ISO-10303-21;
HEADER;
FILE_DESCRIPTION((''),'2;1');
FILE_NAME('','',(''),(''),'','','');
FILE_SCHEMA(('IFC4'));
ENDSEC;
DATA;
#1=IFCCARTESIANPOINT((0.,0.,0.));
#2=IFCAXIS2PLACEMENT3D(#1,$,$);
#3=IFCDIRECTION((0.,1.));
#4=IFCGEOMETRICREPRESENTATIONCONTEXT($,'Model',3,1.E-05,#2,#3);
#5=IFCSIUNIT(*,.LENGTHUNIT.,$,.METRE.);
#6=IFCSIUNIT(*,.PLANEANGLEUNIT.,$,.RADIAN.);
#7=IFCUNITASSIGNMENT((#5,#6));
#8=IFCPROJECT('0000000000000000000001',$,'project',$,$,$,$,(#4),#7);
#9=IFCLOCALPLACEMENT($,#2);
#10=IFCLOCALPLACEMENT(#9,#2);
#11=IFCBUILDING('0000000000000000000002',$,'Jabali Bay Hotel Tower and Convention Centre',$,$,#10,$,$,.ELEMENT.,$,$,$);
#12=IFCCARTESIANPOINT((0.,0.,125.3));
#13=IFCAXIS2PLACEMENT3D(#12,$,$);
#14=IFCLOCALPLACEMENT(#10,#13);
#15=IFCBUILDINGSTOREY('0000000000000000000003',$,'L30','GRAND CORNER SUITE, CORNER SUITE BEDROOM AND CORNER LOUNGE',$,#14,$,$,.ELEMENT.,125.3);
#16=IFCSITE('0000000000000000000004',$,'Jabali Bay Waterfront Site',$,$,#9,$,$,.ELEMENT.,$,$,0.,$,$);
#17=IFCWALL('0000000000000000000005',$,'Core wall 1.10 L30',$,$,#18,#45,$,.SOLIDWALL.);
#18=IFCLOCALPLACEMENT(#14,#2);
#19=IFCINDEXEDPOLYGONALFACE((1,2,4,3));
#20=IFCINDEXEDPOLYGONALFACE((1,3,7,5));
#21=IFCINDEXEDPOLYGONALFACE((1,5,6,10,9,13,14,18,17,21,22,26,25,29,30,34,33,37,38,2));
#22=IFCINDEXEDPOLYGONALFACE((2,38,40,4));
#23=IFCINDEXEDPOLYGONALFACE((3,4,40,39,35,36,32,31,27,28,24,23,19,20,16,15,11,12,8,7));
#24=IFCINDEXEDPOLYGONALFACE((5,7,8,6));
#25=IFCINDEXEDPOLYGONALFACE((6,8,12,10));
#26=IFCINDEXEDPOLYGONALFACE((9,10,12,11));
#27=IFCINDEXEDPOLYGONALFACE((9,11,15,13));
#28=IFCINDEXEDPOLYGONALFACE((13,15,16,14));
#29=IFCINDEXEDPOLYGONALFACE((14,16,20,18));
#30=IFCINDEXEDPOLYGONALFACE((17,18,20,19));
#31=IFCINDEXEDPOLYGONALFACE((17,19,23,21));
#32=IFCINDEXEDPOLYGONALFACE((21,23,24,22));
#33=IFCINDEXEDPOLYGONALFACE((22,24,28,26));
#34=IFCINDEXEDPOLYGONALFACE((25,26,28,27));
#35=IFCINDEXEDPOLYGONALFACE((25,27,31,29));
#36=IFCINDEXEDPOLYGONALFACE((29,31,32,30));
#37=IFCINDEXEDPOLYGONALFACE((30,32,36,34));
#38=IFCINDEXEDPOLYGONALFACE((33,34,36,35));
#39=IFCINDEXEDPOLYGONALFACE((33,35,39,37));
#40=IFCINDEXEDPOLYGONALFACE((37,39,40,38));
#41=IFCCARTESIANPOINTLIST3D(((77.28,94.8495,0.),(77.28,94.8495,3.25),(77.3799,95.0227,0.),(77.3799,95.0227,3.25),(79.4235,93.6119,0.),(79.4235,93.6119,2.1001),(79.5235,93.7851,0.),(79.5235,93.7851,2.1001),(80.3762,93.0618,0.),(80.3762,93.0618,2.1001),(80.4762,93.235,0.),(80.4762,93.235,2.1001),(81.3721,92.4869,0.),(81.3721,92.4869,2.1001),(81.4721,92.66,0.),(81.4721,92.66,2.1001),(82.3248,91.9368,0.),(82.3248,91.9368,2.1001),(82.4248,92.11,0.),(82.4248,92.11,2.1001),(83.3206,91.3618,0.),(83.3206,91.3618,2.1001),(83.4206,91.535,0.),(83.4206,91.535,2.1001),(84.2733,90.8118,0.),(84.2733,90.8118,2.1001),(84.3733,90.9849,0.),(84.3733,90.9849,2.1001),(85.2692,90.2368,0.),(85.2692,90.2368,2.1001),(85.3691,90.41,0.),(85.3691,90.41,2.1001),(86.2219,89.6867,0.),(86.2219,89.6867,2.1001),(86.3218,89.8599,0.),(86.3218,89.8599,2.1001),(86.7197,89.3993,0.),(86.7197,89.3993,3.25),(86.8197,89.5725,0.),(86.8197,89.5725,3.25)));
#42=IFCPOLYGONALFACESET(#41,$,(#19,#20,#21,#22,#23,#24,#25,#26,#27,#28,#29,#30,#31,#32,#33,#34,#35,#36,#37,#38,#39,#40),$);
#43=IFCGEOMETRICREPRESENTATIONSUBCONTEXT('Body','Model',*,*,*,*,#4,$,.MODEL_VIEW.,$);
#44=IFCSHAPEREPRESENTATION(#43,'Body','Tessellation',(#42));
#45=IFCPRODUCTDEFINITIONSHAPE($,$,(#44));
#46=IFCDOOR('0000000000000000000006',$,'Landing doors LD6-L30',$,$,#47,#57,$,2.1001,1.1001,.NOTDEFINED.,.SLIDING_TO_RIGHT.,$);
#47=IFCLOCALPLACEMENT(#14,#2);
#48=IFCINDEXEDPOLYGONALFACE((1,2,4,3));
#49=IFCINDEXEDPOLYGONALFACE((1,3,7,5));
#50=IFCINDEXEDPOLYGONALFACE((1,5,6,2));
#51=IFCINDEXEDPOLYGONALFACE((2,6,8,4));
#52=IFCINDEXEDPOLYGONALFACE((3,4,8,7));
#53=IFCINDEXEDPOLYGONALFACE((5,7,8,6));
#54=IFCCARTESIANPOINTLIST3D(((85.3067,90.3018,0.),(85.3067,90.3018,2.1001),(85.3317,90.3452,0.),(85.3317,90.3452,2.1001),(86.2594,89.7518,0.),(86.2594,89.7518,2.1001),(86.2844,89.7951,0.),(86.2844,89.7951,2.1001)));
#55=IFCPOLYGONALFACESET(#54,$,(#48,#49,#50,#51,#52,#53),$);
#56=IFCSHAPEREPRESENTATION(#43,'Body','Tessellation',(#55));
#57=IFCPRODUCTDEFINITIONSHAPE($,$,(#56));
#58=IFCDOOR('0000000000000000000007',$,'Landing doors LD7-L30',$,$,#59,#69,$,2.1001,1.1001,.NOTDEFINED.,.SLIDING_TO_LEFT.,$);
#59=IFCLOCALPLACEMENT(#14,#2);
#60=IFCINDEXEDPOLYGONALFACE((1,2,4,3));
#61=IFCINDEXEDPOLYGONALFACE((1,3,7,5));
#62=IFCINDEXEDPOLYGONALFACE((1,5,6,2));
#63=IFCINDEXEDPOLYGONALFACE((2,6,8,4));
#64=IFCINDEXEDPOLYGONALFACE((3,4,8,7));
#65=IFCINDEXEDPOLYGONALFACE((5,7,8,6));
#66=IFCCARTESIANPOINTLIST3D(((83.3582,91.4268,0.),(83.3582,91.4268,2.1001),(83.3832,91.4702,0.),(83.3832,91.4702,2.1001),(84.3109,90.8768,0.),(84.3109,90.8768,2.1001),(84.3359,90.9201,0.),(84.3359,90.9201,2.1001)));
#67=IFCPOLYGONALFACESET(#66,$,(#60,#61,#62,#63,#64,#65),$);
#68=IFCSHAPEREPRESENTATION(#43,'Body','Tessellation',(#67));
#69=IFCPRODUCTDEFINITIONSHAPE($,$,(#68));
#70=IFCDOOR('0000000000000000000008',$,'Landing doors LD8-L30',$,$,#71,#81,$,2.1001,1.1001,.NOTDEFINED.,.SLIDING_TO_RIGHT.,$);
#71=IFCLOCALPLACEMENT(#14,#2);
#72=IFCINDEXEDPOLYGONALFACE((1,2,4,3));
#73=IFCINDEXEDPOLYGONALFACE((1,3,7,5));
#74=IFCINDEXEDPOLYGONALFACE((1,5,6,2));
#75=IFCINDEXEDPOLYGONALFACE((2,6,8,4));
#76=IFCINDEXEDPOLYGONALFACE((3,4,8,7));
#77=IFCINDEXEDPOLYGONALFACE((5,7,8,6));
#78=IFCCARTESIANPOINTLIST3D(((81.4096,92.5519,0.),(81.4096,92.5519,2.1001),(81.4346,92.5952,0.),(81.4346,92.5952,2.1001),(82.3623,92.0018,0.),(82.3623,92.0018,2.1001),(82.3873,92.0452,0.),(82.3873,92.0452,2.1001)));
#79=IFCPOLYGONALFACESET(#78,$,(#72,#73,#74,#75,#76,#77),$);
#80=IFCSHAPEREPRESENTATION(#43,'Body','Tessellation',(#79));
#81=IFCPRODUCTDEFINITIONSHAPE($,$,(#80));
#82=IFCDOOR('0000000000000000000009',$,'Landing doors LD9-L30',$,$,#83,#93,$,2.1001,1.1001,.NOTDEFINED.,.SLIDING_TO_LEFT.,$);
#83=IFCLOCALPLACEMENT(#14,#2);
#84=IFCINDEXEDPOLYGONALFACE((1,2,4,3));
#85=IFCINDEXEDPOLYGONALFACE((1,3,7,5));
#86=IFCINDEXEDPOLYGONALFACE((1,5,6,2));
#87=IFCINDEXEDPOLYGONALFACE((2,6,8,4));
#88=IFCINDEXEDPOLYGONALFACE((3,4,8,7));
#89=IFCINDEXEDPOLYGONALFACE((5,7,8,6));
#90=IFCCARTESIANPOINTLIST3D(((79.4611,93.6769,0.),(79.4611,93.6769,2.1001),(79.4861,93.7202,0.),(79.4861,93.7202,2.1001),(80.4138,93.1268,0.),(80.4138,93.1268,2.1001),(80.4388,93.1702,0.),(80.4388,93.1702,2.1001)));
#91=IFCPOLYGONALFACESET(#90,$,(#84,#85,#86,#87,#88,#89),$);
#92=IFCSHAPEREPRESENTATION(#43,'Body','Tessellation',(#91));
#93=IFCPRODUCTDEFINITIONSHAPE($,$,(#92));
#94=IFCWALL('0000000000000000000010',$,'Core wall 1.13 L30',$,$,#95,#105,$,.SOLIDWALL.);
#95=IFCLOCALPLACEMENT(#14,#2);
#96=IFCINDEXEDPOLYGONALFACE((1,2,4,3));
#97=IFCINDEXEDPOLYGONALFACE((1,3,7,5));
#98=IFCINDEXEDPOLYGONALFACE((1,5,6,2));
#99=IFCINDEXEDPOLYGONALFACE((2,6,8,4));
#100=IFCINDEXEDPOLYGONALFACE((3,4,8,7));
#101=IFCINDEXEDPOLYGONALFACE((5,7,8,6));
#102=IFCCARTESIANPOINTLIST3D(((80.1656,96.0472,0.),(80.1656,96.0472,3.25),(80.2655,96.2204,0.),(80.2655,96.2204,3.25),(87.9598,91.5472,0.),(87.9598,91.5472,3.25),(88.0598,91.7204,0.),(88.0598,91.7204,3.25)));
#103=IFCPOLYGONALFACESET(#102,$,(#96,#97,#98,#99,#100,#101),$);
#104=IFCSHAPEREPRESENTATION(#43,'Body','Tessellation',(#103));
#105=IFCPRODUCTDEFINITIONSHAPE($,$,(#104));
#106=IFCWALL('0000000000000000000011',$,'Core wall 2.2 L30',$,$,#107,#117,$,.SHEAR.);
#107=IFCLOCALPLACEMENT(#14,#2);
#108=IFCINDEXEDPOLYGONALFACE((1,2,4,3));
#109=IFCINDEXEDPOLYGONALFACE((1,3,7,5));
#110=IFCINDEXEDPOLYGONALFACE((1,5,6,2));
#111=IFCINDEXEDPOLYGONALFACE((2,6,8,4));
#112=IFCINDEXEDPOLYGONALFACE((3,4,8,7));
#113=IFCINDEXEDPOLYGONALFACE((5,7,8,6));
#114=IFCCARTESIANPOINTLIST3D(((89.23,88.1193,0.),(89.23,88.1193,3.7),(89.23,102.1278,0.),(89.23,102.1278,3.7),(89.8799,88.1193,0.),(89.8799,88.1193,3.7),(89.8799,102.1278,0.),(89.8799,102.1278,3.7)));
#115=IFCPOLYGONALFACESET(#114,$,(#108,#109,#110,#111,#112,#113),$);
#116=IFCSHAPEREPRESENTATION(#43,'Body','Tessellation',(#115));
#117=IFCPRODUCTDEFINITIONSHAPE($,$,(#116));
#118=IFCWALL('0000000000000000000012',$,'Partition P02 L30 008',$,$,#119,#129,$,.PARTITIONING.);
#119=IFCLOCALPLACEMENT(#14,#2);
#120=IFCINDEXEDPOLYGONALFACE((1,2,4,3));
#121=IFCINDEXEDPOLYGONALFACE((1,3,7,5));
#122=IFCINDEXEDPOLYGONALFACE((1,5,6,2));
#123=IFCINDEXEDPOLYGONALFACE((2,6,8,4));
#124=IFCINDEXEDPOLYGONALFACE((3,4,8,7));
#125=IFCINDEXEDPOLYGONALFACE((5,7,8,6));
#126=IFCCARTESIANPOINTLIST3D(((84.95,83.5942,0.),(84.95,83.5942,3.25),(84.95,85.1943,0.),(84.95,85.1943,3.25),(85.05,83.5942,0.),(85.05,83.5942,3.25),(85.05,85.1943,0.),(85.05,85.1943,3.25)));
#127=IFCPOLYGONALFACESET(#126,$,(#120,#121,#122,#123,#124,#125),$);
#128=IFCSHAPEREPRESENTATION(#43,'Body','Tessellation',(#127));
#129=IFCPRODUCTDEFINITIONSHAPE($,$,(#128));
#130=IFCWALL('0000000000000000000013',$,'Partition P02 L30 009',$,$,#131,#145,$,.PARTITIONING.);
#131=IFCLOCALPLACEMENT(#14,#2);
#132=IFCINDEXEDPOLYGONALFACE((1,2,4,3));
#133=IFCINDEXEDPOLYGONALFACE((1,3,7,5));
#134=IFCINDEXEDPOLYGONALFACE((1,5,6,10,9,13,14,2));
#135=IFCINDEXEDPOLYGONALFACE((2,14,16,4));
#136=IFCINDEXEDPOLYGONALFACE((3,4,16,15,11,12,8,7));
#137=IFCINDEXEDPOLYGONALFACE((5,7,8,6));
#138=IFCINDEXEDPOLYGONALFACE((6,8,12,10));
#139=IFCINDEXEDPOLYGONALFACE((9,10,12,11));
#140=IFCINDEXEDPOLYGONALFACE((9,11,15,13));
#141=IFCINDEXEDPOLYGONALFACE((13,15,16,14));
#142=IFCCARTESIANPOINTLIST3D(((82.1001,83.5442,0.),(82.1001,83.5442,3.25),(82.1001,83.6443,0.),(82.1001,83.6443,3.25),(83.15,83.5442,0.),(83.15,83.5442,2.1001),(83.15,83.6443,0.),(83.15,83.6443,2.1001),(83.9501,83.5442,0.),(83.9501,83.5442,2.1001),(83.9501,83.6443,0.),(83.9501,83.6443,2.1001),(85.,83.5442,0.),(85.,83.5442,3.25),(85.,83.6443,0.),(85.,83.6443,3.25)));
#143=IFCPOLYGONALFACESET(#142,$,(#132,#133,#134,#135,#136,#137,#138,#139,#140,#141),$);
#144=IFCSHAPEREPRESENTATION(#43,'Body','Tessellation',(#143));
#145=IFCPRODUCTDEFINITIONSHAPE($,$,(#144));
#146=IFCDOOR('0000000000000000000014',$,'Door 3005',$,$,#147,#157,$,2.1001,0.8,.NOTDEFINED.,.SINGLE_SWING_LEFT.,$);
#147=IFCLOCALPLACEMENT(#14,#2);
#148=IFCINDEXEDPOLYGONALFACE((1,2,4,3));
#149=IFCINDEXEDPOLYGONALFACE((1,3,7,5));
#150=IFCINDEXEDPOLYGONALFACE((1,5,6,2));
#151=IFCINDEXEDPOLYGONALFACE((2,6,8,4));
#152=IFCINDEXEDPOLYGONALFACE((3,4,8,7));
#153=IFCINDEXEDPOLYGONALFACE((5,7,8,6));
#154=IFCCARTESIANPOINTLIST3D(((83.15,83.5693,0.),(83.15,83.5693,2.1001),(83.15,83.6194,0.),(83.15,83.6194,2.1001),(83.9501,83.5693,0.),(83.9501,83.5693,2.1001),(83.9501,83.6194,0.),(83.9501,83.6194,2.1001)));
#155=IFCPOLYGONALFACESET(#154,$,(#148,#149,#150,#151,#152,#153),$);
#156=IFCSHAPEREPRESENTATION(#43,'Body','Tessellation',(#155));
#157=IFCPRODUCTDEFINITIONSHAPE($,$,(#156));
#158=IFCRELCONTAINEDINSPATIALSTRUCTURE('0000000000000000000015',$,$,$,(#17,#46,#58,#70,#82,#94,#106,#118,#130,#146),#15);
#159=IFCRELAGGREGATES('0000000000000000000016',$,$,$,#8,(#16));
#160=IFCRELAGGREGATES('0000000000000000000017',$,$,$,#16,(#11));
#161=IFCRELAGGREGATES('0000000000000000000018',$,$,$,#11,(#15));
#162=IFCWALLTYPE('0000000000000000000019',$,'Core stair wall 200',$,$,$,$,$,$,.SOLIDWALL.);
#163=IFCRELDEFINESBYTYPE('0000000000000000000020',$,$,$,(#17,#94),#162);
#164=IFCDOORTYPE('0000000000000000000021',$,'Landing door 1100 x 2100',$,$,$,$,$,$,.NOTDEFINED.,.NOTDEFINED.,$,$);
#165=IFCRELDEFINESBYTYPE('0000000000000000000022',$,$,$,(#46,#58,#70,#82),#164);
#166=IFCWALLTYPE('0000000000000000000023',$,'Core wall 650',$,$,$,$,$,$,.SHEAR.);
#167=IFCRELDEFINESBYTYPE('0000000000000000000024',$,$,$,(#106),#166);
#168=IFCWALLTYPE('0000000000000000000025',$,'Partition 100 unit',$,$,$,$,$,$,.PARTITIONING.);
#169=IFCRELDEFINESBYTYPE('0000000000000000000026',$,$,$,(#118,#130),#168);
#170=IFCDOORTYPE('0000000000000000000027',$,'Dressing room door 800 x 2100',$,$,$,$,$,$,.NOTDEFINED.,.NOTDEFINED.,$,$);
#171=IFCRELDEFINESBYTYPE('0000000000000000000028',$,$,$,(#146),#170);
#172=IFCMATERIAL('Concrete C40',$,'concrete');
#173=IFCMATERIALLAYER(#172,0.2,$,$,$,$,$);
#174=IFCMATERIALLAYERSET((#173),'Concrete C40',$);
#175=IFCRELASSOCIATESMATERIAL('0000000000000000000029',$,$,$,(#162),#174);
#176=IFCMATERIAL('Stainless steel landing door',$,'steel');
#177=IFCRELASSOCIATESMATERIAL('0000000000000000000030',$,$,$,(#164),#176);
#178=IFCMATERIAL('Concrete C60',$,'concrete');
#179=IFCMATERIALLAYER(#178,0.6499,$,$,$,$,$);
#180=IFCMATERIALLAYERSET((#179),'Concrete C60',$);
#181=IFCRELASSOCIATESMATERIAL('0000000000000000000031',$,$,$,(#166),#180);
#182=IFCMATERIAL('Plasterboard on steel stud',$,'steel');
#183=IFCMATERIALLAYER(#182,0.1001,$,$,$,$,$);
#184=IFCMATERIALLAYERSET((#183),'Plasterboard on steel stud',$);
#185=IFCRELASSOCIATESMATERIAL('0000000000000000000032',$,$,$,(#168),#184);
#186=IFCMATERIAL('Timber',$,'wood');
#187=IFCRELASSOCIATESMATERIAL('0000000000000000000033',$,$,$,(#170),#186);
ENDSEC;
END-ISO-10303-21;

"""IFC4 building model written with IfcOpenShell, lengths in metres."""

from ifc_helpers import new_model, si_unit, direction, frame, frame_2d, origin, place, context, subcontext, project, spatial, rectangle, extrude, material, layer, layer_set, type_object, element, fill, save


model = new_model("IFC4")

# Units and contexts
model_context = context("Model", 3, precision=1e-05, world=origin(), true_north=direction((0.0, 1.0)))
body_context = subcontext(model_context, "Body", "Model", "MODEL_VIEW")
ifc_project = project(units=[si_unit("LENGTHUNIT", "METRE"), si_unit("PLANEANGLEUNIT", "RADIAN")], contexts=[model_context])

# Site, building, storey
site_placement = place(None, origin())
site = spatial("IfcSite", under=ifc_project, at=site_placement, Name="Jabali Bay Waterfront Site", CompositionType="ELEMENT", RefElevation=0.0)
building_placement = place(site_placement, origin())
building = spatial("IfcBuilding", under=site, at=building_placement, Name="Jabali Bay Hotel Tower and Convention Centre", CompositionType="ELEMENT")
storey_placement = place(building_placement, frame((0.0, 0.0, 125.3)))
storey = spatial("IfcBuildingStorey", under=building, at=storey_placement, Name="L30", Description="GRAND CORNER SUITE, CORNER SUITE BEDROOM AND CORNER LOUNGE", CompositionType="ELEMENT", Elevation=125.3)

# Shared definitions
ifc_material_1 = material(Name="Concrete C60", Category="concrete")

# Shared definitions
ifc_material_2 = material(Name="Concrete C40", Category="concrete")

# Shared definitions
ifc_layer_1 = layer(ifc_material_2, 0.2)
ifc_layer_set_1 = layer_set([ifc_layer_1], Name="Concrete C40")
wall_type_1 = type_object("IfcWallType", Name="Core stair wall 200", PredefinedType="SOLIDWALL", material=ifc_layer_set_1)

# Wall, openings, doors
wall_1_placement = place(storey_placement, frame((86.7698, 89.4858, 0.0), z_axis=(0.0, 0.0, 1.0), x_axis=(-0.866018, 0.500013, 0.0)))
wall_1 = element("IfcWall", 1, at=wall_1_placement, inside=storey, type_object=wall_type_1, Name="Core wall 1.10 L30", PredefinedType="SOLIDWALL", context=body_context, shape_type="SweptSolid", body=[
    extrude(rectangle(XDim=10.9001, YDim=0.2, at=frame_2d((5.4502, 0.0))), origin(), (0.0, 0.0, 1.0), 3.25),
])
opening_1_placement = place(wall_1_placement, frame((0.575, 0.0, 0.0)))
opening_1 = element("IfcOpeningElement", 2, at=opening_1_placement, cuts=wall_1, PredefinedType="OPENING", context=body_context, shape_type="SweptSolid", body=[
    extrude(rectangle(XDim=1.1001, YDim=2.1001, at=frame_2d((0.55, 1.05))), frame((0.0, 0.1104, 0.0), z_axis=(0.0, -1.0, 0.0), x_axis=(1.0, 0.0, 0.0)), (0.0, 0.0, 1.0), 0.2209),
])
opening_2_placement = place(wall_1_placement, frame((2.825, 0.0, 0.0)))
opening_2 = element("IfcOpeningElement", 3, at=opening_2_placement, cuts=wall_1, PredefinedType="OPENING", context=body_context, shape_type="SweptSolid", body=[
    extrude(rectangle(XDim=1.1001, YDim=2.1001, at=frame_2d((0.55, 1.05))), frame((0.0, 0.1104, 0.0), z_axis=(0.0, -1.0, 0.0), x_axis=(1.0, 0.0, 0.0)), (0.0, 0.0, 1.0), 0.2209),
])
opening_3_placement = place(wall_1_placement, frame((5.075, 0.0, 0.0)))
opening_3 = element("IfcOpeningElement", 4, at=opening_3_placement, cuts=wall_1, PredefinedType="OPENING", context=body_context, shape_type="SweptSolid", body=[
    extrude(rectangle(XDim=1.1001, YDim=2.1001, at=frame_2d((0.55, 1.05))), frame((0.0, 0.1104, 0.0), z_axis=(0.0, -1.0, 0.0), x_axis=(1.0, 0.0, 0.0)), (0.0, 0.0, 1.0), 0.2209),
])
opening_4_placement = place(wall_1_placement, frame((7.325, 0.0, 0.0)))
opening_4 = element("IfcOpeningElement", 5, at=opening_4_placement, cuts=wall_1, PredefinedType="OPENING", context=body_context, shape_type="SweptSolid", body=[
    extrude(rectangle(XDim=1.1001, YDim=2.1001, at=frame_2d((0.55, 1.05))), frame((0.0, 0.1104, 0.0), z_axis=(0.0, -1.0, 0.0), x_axis=(1.0, 0.0, 0.0)), (0.0, 0.0, 1.0), 0.2209),
])
ifc_material_3 = material(Name="Stainless steel landing door", Category="steel")
door_type_1 = type_object("IfcDoorType", Name="Landing door 1100 x 2100", OperationType="NOTDEFINED", PredefinedType="NOTDEFINED", material=ifc_material_3)
door_1_placement = place(opening_1_placement, origin())
door_1 = element("IfcDoor", 6, at=door_1_placement, inside=storey, type_object=door_type_1, Name="Landing doors LD6-L30", OperationType="SLIDING_TO_RIGHT", OverallHeight=2.1001, OverallWidth=1.1001, PredefinedType="NOTDEFINED", context=body_context, shape_type="SweptSolid", body=[
    extrude(rectangle(XDim=1.1001, YDim=2.1001, at=frame_2d((0.55, 1.05))), frame((0.0, 0.0249, 0.0), z_axis=(0.0, -1.0, 0.0), x_axis=(1.0, 0.0, 0.0)), (0.0, 0.0, 1.0), 0.05),
])
fill(opening_1, door_1)
door_2_placement = place(opening_2_placement, origin())
door_2 = element("IfcDoor", 7, at=door_2_placement, inside=storey, type_object=door_type_1, Name="Landing doors LD7-L30", OperationType="SLIDING_TO_LEFT", OverallHeight=2.1001, OverallWidth=1.1001, PredefinedType="NOTDEFINED", context=body_context, shape_type="SweptSolid", body=[
    extrude(rectangle(XDim=1.1001, YDim=2.1001, at=frame_2d((0.55, 1.05))), frame((0.0, 0.0249, 0.0), z_axis=(0.0, -1.0, 0.0), x_axis=(1.0, 0.0, 0.0)), (0.0, 0.0, 1.0), 0.05),
])
fill(opening_2, door_2)
door_3_placement = place(opening_3_placement, origin())
door_3 = element("IfcDoor", 8, at=door_3_placement, inside=storey, type_object=door_type_1, Name="Landing doors LD8-L30", OperationType="SLIDING_TO_RIGHT", OverallHeight=2.1001, OverallWidth=1.1001, PredefinedType="NOTDEFINED", context=body_context, shape_type="SweptSolid", body=[
    extrude(rectangle(XDim=1.1001, YDim=2.1001, at=frame_2d((0.55, 1.05))), frame((0.0, 0.0249, 0.0), z_axis=(0.0, -1.0, 0.0), x_axis=(1.0, 0.0, 0.0)), (0.0, 0.0, 1.0), 0.05),
])
fill(opening_3, door_3)
door_4_placement = place(opening_4_placement, origin())
door_4 = element("IfcDoor", 9, at=door_4_placement, inside=storey, type_object=door_type_1, Name="Landing doors LD9-L30", OperationType="SLIDING_TO_LEFT", OverallHeight=2.1001, OverallWidth=1.1001, PredefinedType="NOTDEFINED", context=body_context, shape_type="SweptSolid", body=[
    extrude(rectangle(XDim=1.1001, YDim=2.1001, at=frame_2d((0.55, 1.05))), frame((0.0, 0.0249, 0.0), z_axis=(0.0, -1.0, 0.0), x_axis=(1.0, 0.0, 0.0)), (0.0, 0.0, 1.0), 0.05),
])
fill(opening_4, door_4)

# Walls
wall_2_placement = place(storey_placement, frame((88.0098, 91.6338, 0.0), z_axis=(0.0, 0.0, 1.0), x_axis=(-0.866024, 0.500002, 0.0)))
element("IfcWall", 10, at=wall_2_placement, inside=storey, type_object=wall_type_1, Name="Core wall 1.13 L30", PredefinedType="SOLIDWALL", context=body_context, shape_type="SweptSolid", body=[
    extrude(rectangle(XDim=9.0, YDim=0.2, at=frame_2d((4.5, 0.0))), origin(), (0.0, 0.0, 1.0), 3.25),
])
ifc_layer_2 = layer(ifc_material_1, 0.6499)
ifc_layer_set_2 = layer_set([ifc_layer_2], Name="Concrete C60")
wall_type_2 = type_object("IfcWallType", Name="Core wall 650", PredefinedType="SHEAR", material=ifc_layer_set_2)
wall_3_placement = place(storey_placement, frame((89.5549, 88.1191, 0.0), z_axis=(0.0, 0.0, 1.0), x_axis=(0.0, 1.0, 0.0)))
element("IfcWall", 11, at=wall_3_placement, inside=storey, type_object=wall_type_2, Name="Core wall 2.2 L30", PredefinedType="SHEAR", context=body_context, shape_type="SweptSolid", body=[
    extrude(rectangle(XDim=14.0085, YDim=0.6499, at=frame_2d((7.0044, 0.0))), origin(), (0.0, 0.0, 1.0), 3.7),
])
ifc_material_4 = material(Name="Plasterboard on steel stud", Category="steel")
ifc_layer_3 = layer(ifc_material_4, 0.1001)
ifc_layer_set_3 = layer_set([ifc_layer_3], Name="Plasterboard on steel stud")
wall_type_3 = type_object("IfcWallType", Name="Partition 100 unit", PredefinedType="PARTITIONING", material=ifc_layer_set_3)
wall_4_placement = place(storey_placement, frame((85.0, 85.1943, 0.0), z_axis=(0.0, 0.0, 1.0), x_axis=(0.0, -1.0, 0.0)))
element("IfcWall", 12, at=wall_4_placement, inside=storey, type_object=wall_type_3, Name="Partition P02 L30 008", PredefinedType="PARTITIONING", context=body_context, shape_type="SweptSolid", body=[
    extrude(rectangle(XDim=1.6001, YDim=0.1001, at=frame_2d((0.8, 0.0))), origin(), (0.0, 0.0, 1.0), 3.25),
])

# Wall, opening, door
wall_5_placement = place(storey_placement, frame((85.0, 83.5942, 0.0), z_axis=(0.0, 0.0, 1.0), x_axis=(-1.0, 0.0, 0.0)))
wall_5 = element("IfcWall", 13, at=wall_5_placement, inside=storey, type_object=wall_type_3, Name="Partition P02 L30 009", PredefinedType="PARTITIONING", context=body_context, shape_type="SweptSolid", body=[
    extrude(rectangle(XDim=2.8999, YDim=0.1001, at=frame_2d((1.45, 0.0))), origin(), (0.0, 0.0, 1.0), 3.25),
])
opening_5_placement = place(wall_5_placement, frame((1.05, 0.0, 0.0)))
opening_5 = element("IfcOpeningElement", 14, at=opening_5_placement, cuts=wall_5, PredefinedType="OPENING", context=body_context, shape_type="SweptSolid", body=[
    extrude(rectangle(XDim=0.8, YDim=2.1001, at=frame_2d((0.3999, 1.05))), frame((0.0, 0.0605, 0.0), z_axis=(0.0, -1.0, 0.0), x_axis=(1.0, 0.0, 0.0)), (0.0, 0.0, 1.0), 0.1211),
])
ifc_material_5 = material(Name="Timber", Category="wood")
door_type_2 = type_object("IfcDoorType", Name="Dressing room door 800 x 2100", OperationType="NOTDEFINED", PredefinedType="NOTDEFINED", material=ifc_material_5)
door_5_placement = place(opening_5_placement, origin())
door_5 = element("IfcDoor", 15, at=door_5_placement, inside=storey, type_object=door_type_2, Name="Door 3005", OperationType="SINGLE_SWING_LEFT", OverallHeight=2.1001, OverallWidth=0.8, PredefinedType="NOTDEFINED", context=body_context, shape_type="SweptSolid", body=[
    extrude(rectangle(XDim=0.8, YDim=2.1001, at=frame_2d((0.3999, 1.05))), frame((0.0, 0.0249, 0.0), z_axis=(0.0, -1.0, 0.0), x_axis=(1.0, 0.0, 0.0)), (0.0, 0.0, 1.0), 0.05),
])
fill(opening_5, door_5)

save(model, "model.ifc")
